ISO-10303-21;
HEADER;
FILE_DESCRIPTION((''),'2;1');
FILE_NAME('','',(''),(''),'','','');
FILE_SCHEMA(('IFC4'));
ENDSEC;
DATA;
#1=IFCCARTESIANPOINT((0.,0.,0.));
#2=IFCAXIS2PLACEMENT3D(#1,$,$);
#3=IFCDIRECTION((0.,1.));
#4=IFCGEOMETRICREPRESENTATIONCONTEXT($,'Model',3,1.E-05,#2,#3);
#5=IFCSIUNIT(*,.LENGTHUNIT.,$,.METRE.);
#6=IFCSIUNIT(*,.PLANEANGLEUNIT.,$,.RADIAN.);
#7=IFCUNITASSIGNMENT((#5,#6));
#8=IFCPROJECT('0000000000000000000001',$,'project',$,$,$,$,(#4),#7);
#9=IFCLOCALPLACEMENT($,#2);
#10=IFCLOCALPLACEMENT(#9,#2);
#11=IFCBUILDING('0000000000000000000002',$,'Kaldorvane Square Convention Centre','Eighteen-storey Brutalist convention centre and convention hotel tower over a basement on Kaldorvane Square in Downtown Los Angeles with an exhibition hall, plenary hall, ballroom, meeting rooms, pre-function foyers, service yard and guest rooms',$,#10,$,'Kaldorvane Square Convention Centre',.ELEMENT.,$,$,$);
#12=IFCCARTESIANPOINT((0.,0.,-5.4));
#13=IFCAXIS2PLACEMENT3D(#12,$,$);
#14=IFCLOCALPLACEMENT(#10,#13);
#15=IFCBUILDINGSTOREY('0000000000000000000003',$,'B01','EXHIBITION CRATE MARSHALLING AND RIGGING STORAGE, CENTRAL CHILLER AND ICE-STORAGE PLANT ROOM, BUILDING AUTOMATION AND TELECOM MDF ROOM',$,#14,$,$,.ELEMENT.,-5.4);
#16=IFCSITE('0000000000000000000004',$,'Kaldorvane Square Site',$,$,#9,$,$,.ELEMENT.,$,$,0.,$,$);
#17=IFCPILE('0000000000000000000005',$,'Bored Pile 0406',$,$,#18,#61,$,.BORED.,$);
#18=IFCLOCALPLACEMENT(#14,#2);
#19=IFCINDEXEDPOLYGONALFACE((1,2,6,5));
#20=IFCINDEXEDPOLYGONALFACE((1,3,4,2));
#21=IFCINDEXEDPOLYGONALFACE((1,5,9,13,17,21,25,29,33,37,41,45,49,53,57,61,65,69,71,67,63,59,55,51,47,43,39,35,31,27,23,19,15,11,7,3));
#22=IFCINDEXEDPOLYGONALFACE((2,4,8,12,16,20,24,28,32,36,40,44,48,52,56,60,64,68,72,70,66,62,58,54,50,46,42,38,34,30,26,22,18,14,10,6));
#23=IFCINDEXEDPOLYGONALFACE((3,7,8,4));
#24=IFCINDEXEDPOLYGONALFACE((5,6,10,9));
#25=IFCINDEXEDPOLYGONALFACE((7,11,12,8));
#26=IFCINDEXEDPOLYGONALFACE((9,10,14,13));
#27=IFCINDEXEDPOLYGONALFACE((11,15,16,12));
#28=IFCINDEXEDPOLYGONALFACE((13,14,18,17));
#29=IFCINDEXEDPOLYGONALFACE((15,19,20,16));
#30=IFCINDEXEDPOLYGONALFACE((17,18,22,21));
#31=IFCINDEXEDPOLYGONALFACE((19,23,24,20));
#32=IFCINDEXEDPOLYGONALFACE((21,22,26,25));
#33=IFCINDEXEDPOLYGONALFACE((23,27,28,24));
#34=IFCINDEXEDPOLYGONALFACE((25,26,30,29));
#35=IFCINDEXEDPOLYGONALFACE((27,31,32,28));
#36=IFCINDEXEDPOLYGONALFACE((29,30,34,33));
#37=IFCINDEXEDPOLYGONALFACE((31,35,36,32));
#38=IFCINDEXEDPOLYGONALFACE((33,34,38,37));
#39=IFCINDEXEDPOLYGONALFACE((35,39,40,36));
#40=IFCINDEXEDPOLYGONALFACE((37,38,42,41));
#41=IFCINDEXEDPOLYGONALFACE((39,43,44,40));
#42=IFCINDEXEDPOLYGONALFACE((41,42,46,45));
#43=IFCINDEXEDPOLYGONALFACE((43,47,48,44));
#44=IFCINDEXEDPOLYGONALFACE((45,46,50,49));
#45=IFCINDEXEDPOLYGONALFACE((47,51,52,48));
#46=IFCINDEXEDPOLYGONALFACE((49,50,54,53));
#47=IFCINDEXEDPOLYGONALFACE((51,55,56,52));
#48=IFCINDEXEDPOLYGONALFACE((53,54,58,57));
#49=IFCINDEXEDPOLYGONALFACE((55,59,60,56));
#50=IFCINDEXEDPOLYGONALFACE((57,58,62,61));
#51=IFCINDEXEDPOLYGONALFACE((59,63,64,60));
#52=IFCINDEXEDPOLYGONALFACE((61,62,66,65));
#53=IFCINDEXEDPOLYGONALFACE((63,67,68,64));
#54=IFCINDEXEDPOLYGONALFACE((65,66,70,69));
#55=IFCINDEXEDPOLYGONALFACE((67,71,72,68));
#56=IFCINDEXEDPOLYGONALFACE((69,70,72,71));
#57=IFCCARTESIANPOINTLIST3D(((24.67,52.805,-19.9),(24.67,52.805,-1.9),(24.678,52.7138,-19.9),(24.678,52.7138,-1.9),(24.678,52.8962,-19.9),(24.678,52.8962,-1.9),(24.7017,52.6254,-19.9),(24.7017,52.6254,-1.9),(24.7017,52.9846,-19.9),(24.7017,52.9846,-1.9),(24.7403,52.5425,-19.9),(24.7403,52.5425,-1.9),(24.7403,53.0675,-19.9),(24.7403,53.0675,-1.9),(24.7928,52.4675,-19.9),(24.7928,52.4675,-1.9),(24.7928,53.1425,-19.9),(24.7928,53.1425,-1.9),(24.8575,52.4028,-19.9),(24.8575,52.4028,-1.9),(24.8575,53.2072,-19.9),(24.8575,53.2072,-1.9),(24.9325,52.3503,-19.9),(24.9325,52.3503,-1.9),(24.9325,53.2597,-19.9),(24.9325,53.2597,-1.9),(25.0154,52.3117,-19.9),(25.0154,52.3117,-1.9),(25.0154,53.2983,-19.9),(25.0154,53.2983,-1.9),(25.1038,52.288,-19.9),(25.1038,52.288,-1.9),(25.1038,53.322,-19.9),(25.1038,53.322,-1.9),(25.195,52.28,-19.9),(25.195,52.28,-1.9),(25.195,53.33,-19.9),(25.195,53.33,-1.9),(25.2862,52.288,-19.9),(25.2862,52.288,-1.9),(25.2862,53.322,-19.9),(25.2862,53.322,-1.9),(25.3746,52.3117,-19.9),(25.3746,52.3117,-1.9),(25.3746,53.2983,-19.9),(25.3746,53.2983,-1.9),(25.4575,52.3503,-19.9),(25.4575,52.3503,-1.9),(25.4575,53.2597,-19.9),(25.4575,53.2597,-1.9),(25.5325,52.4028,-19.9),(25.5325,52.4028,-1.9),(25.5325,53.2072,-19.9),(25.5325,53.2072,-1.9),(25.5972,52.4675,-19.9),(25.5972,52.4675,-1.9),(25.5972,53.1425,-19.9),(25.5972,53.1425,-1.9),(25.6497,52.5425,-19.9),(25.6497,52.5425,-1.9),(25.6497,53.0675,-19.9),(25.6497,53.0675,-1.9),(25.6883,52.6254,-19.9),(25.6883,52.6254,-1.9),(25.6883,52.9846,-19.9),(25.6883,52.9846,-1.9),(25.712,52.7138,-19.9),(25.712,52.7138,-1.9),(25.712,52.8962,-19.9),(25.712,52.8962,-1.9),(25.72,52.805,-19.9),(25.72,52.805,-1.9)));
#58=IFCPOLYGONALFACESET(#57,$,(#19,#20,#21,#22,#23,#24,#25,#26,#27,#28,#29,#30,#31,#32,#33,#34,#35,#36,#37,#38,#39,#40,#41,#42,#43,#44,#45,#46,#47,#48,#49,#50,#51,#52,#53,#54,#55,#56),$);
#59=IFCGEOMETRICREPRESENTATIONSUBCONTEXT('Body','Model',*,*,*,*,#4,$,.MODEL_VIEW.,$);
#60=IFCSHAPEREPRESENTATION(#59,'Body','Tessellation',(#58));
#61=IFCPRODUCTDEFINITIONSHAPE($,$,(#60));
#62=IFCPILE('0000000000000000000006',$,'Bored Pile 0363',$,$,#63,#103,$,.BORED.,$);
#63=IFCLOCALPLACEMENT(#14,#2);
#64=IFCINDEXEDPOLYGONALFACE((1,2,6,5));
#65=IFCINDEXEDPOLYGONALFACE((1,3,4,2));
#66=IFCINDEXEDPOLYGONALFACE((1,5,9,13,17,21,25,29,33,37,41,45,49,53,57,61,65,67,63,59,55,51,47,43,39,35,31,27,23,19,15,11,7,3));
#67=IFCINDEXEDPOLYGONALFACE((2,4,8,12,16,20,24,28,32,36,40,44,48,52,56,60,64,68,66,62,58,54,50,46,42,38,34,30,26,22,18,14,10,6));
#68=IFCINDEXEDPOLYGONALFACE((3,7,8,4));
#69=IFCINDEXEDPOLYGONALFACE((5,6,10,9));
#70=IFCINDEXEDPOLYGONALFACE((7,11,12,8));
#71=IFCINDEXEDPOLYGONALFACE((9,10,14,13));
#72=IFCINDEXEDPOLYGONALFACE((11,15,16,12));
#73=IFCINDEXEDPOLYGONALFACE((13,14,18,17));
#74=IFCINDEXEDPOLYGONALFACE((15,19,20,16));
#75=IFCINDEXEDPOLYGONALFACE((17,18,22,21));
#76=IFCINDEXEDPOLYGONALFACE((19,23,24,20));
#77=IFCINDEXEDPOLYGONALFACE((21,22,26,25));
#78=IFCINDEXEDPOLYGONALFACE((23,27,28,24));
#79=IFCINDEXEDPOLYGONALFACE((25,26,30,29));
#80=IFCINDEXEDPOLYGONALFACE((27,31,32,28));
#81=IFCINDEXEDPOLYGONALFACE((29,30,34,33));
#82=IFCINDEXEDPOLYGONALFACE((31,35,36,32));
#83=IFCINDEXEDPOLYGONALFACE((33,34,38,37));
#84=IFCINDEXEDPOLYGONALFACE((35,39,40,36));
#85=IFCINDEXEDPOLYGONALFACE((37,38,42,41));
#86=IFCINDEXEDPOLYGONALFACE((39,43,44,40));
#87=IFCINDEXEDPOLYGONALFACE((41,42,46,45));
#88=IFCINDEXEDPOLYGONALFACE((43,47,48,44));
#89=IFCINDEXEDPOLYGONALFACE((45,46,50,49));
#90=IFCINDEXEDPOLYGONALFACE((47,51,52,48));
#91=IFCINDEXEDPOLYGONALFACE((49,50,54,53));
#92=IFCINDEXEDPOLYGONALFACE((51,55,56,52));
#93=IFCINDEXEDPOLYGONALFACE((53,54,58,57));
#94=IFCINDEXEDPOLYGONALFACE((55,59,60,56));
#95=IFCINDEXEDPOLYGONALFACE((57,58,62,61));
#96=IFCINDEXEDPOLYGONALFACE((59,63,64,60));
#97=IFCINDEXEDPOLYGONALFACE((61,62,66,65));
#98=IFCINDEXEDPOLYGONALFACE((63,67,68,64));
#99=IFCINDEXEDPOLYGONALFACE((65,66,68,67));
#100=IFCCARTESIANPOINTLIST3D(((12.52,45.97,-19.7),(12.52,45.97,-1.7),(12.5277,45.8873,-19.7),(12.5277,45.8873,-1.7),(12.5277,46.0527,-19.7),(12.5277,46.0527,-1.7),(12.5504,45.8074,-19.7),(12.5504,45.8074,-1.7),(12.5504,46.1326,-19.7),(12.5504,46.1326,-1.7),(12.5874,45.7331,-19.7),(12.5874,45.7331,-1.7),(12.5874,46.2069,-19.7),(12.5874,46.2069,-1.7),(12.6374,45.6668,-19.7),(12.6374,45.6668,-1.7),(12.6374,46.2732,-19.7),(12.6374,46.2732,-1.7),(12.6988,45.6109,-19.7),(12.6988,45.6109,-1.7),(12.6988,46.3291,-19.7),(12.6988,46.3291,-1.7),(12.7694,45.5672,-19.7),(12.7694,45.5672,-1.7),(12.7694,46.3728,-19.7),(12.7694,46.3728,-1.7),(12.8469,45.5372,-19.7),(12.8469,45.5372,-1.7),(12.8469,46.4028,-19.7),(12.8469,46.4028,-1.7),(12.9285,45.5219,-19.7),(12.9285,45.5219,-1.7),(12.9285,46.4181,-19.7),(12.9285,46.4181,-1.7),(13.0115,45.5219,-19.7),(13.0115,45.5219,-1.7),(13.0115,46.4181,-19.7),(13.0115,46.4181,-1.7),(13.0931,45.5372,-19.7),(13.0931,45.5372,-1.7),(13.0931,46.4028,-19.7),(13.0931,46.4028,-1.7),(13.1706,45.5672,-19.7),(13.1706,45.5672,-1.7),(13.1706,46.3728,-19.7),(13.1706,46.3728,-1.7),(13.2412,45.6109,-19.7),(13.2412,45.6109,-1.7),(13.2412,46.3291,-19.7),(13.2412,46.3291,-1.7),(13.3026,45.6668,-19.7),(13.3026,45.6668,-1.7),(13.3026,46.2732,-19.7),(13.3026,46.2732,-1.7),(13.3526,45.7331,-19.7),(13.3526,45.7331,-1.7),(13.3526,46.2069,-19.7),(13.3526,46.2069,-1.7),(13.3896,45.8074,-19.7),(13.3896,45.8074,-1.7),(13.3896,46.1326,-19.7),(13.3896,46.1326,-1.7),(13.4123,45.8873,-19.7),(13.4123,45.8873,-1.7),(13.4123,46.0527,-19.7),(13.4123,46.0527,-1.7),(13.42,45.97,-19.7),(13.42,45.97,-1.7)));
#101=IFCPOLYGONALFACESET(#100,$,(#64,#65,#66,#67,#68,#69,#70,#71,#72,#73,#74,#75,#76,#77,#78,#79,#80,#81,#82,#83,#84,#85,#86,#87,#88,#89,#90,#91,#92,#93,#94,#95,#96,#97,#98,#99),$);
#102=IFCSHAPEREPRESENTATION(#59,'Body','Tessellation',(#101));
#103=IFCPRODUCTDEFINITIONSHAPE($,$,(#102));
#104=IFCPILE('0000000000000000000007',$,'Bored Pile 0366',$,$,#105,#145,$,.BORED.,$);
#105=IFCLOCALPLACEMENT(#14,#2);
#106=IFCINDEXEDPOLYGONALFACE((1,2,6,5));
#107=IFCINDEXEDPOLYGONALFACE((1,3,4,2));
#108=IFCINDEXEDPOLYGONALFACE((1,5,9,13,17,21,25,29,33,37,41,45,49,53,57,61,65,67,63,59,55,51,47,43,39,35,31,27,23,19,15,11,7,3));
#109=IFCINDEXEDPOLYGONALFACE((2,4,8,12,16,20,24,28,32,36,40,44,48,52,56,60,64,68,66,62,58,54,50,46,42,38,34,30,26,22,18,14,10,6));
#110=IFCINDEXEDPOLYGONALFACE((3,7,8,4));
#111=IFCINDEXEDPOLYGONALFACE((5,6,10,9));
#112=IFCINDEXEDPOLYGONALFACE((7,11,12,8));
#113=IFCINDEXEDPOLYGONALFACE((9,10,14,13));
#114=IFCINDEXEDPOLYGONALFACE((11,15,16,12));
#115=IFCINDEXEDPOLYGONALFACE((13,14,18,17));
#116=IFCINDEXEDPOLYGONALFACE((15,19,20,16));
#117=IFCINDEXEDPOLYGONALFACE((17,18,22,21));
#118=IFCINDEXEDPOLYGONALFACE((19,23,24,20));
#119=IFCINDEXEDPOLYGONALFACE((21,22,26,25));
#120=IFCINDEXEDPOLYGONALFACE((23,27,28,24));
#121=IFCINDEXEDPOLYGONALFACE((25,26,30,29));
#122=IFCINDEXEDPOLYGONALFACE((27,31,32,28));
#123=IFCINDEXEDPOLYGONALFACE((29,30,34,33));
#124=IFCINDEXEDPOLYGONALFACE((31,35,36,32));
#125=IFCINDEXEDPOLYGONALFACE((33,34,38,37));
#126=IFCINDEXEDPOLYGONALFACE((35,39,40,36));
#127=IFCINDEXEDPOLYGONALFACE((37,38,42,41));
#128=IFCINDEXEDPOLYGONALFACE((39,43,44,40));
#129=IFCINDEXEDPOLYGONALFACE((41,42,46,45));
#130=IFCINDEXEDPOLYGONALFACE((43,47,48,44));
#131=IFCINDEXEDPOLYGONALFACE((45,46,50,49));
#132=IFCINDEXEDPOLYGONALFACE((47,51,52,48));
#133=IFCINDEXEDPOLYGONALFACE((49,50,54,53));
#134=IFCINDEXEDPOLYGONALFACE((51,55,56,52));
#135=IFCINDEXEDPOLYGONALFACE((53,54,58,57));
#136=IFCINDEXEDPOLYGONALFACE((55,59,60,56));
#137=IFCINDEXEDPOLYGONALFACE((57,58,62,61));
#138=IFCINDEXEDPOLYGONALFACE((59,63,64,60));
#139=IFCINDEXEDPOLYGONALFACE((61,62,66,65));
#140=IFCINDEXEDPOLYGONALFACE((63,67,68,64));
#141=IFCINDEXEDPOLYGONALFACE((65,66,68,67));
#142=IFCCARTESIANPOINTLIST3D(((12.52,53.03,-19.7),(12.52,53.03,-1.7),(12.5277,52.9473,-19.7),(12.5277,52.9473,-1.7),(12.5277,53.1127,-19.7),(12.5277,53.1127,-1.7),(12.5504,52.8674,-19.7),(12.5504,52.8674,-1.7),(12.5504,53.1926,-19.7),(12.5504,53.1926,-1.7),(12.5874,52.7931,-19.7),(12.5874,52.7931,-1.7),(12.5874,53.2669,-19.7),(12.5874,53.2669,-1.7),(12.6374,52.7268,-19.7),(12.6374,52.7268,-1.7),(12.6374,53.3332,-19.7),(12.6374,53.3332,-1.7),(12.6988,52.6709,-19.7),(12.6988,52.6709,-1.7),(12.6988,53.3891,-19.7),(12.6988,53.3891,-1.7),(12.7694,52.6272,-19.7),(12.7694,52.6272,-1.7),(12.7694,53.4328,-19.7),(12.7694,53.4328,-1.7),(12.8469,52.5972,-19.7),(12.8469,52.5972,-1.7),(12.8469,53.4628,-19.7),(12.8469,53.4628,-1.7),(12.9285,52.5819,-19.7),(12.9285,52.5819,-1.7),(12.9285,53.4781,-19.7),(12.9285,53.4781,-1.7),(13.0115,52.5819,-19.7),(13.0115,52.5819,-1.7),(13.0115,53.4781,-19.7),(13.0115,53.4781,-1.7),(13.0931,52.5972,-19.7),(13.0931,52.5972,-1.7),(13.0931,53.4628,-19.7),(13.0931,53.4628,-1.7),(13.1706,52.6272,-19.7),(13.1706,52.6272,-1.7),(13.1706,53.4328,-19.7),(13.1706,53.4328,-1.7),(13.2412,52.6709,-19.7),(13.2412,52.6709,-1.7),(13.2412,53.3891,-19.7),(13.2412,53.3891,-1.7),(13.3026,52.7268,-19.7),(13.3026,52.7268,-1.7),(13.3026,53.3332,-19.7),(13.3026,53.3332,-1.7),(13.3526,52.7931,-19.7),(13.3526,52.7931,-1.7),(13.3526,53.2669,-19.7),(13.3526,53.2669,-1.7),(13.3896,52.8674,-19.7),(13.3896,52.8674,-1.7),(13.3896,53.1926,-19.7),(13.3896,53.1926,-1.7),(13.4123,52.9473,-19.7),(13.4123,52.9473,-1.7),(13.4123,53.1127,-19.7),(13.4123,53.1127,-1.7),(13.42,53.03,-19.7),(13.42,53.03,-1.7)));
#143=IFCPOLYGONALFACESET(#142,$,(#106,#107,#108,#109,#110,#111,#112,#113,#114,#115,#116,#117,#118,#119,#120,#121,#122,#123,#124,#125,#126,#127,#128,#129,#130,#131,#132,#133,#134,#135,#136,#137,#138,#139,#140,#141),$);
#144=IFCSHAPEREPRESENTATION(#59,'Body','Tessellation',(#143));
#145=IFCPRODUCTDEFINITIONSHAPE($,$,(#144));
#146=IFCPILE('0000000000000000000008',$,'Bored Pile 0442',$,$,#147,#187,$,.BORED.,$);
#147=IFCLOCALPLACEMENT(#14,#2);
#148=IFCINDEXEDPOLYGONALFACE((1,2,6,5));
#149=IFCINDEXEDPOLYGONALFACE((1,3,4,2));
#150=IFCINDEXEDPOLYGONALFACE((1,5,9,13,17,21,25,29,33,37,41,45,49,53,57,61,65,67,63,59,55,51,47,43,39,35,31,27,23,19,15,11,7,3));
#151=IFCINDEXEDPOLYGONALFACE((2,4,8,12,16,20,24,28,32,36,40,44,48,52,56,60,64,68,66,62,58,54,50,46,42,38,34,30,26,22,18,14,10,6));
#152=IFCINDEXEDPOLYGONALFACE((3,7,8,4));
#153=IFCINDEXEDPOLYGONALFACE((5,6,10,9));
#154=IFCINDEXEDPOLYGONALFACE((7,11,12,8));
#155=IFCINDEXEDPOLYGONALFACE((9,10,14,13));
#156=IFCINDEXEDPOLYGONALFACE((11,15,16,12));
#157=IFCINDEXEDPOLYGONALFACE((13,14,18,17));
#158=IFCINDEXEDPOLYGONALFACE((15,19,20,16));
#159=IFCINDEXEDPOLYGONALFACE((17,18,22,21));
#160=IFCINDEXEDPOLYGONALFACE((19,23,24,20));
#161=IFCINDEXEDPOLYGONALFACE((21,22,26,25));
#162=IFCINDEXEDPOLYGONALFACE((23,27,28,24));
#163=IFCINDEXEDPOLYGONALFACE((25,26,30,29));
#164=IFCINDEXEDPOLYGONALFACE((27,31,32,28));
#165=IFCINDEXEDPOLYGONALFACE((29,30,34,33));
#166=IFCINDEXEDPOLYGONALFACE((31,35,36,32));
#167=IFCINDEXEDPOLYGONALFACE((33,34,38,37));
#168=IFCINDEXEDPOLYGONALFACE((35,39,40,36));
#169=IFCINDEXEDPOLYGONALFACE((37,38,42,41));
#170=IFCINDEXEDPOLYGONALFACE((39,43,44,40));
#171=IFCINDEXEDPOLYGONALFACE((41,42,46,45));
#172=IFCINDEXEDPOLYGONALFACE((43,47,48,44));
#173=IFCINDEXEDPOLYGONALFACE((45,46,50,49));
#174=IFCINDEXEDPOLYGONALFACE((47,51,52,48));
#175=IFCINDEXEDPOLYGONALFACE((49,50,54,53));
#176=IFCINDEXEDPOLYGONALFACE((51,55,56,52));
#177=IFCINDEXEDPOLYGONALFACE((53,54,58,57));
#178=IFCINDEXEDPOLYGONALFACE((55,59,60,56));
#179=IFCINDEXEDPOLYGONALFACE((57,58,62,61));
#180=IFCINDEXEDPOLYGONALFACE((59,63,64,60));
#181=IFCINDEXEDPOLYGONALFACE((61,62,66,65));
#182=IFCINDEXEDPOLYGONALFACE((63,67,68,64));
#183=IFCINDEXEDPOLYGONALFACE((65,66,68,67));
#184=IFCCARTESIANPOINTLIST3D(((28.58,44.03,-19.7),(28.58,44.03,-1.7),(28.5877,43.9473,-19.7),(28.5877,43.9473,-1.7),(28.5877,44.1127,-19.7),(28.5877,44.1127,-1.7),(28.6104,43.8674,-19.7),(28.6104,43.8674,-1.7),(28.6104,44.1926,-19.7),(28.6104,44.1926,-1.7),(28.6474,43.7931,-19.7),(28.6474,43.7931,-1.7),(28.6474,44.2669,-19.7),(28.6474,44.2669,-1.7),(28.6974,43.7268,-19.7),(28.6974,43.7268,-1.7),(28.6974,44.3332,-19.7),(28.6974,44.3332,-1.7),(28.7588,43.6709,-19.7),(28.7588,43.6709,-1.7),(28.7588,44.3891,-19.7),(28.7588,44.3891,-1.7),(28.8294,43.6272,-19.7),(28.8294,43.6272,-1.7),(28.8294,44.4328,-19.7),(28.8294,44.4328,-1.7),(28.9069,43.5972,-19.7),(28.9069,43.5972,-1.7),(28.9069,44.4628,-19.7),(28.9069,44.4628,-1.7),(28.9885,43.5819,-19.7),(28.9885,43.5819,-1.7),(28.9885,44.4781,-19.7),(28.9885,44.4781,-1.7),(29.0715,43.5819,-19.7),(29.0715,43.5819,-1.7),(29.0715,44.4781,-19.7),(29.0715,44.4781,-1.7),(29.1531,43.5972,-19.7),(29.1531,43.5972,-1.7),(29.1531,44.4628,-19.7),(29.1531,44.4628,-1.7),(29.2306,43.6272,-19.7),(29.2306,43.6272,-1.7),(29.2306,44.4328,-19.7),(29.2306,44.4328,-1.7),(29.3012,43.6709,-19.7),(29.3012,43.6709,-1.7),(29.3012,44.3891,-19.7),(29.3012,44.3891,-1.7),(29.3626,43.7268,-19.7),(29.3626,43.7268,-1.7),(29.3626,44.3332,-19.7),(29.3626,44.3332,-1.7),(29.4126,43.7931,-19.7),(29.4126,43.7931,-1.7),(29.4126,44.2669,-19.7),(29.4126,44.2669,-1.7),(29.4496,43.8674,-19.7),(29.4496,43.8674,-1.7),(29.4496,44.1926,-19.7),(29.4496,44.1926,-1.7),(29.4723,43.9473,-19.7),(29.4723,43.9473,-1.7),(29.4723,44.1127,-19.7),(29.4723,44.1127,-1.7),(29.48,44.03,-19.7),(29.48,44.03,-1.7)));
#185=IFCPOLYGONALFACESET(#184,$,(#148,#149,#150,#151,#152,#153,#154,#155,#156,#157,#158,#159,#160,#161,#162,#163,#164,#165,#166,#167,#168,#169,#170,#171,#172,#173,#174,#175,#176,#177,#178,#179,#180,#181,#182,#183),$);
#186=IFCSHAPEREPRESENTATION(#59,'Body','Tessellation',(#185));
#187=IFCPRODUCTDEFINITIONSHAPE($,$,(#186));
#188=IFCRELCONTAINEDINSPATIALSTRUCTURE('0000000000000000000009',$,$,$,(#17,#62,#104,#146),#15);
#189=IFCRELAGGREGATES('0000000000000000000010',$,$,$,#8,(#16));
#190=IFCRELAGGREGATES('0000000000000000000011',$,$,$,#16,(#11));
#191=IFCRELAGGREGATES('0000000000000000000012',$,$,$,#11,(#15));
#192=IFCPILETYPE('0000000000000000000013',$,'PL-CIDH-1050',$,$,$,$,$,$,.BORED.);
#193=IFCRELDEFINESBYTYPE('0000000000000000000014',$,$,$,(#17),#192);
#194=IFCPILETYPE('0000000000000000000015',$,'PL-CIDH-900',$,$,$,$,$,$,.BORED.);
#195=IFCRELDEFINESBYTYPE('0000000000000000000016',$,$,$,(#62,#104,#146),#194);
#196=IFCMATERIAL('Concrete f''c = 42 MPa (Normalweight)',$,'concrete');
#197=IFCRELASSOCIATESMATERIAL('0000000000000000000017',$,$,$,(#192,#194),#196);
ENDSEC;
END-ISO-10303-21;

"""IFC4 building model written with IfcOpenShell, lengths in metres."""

from ifc_helpers import new_model, si_unit, direction, frame, origin, origin_2d, place, context, subcontext, project, spatial, circle, extrude, material, material_profile, profile_set, type_object, element, save


model = new_model("IFC4")

# Units and contexts
model_context = context("Model", 3, precision=1e-05, world=origin(), true_north=direction((0.0, 1.0)))
body_context = subcontext(model_context, "Body", "Model", "MODEL_VIEW")
ifc_project = project(units=[si_unit("LENGTHUNIT", "METRE"), si_unit("PLANEANGLEUNIT", "RADIAN")], contexts=[model_context])

# Site, building, storey
site_placement = place(None, origin())
site = spatial("IfcSite", under=ifc_project, at=site_placement, Name="Kaldorvane Square Site", CompositionType="ELEMENT", RefElevation=0.0)
building_placement = place(site_placement, origin())
building = spatial("IfcBuilding", under=site, at=building_placement, Name="Kaldorvane Square Convention Centre", Description="Eighteen-storey Brutalist convention centre and convention hotel tower over a basement on Kaldorvane Square in Downtown Los Angeles with an exhibition hall, plenary hall, ballroom, meeting rooms, pre-function foyers, service yard and guest rooms", LongName="Kaldorvane Square Convention Centre", CompositionType="ELEMENT")
storey_placement = place(building_placement, frame((0.0, 0.0, -5.4)))
storey = spatial("IfcBuildingStorey", under=building, at=storey_placement, Name="B01", Description="EXHIBITION CRATE MARSHALLING AND RIGGING STORAGE, CENTRAL CHILLER AND ICE-STORAGE PLANT ROOM, BUILDING AUTOMATION AND TELECOM MDF ROOM", CompositionType="ELEMENT", Elevation=-5.4)

# Shared definitions
ifc_material_1 = material(Name="Concrete f'c = 42 MPa (Normalweight)", Category="concrete")

# Piles
ifc_material_profile_1 = material_profile(ifc_material_1, circle(Radius=0.525, at=origin_2d()), Name="PILE-D1050")
ifc_profile_set_1 = profile_set([ifc_material_profile_1], Name="Concrete f'c = 42 MPa (Normalweight)")
pile_type_1 = type_object("IfcPileType", Name="PL-CIDH-1050", PredefinedType="BORED", material=ifc_profile_set_1)
for number, where, z_axis, x_axis, name in (
    (1, (25.195, 52.805, -1.9), (0.0, 0.0, -1.0), (1.0, 0.0, 0.0), "Bored Pile 0406"),
):
    element("IfcPile", number, at=place(storey_placement, frame(where, z_axis=z_axis, x_axis=x_axis)), inside=storey, type_object=pile_type_1, Name=name, PredefinedType="BORED", context=body_context, shape_type="SweptSolid", body=[
        extrude(circle(Radius=0.525, at=origin_2d()), origin(), (0.0, 0.0, 1.0), 18.0),
    ])
ifc_material_profile_2 = material_profile(ifc_material_1, circle(Radius=0.45, at=origin_2d()), Name="PILE-D900")
ifc_profile_set_2 = profile_set([ifc_material_profile_2], Name="Concrete f'c = 42 MPa (Normalweight)")
pile_type_2 = type_object("IfcPileType", Name="PL-CIDH-900", PredefinedType="BORED", material=ifc_profile_set_2)
for number, where, z_axis, x_axis, name in (
    (2, (12.97, 45.97, -1.7), (0.0, 0.0, -1.0), (1.0, 0.0, 0.0), "Bored Pile 0363"),
    (3, (12.97, 53.03, -1.7), (0.0, 0.0, -1.0), (1.0, 0.0, 0.0), "Bored Pile 0366"),
    (4, (29.03, 44.03, -1.7), (0.0, 0.0, -1.0), (1.0, 0.0, 0.0), "Bored Pile 0442"),
):
    element("IfcPile", number, at=place(storey_placement, frame(where, z_axis=z_axis, x_axis=x_axis)), inside=storey, type_object=pile_type_2, Name=name, PredefinedType="BORED", context=body_context, shape_type="SweptSolid", body=[
        extrude(circle(Radius=0.45, at=origin_2d()), origin(), (0.0, 0.0, 1.0), 18.0),
    ])

save(model, "model.ifc")
